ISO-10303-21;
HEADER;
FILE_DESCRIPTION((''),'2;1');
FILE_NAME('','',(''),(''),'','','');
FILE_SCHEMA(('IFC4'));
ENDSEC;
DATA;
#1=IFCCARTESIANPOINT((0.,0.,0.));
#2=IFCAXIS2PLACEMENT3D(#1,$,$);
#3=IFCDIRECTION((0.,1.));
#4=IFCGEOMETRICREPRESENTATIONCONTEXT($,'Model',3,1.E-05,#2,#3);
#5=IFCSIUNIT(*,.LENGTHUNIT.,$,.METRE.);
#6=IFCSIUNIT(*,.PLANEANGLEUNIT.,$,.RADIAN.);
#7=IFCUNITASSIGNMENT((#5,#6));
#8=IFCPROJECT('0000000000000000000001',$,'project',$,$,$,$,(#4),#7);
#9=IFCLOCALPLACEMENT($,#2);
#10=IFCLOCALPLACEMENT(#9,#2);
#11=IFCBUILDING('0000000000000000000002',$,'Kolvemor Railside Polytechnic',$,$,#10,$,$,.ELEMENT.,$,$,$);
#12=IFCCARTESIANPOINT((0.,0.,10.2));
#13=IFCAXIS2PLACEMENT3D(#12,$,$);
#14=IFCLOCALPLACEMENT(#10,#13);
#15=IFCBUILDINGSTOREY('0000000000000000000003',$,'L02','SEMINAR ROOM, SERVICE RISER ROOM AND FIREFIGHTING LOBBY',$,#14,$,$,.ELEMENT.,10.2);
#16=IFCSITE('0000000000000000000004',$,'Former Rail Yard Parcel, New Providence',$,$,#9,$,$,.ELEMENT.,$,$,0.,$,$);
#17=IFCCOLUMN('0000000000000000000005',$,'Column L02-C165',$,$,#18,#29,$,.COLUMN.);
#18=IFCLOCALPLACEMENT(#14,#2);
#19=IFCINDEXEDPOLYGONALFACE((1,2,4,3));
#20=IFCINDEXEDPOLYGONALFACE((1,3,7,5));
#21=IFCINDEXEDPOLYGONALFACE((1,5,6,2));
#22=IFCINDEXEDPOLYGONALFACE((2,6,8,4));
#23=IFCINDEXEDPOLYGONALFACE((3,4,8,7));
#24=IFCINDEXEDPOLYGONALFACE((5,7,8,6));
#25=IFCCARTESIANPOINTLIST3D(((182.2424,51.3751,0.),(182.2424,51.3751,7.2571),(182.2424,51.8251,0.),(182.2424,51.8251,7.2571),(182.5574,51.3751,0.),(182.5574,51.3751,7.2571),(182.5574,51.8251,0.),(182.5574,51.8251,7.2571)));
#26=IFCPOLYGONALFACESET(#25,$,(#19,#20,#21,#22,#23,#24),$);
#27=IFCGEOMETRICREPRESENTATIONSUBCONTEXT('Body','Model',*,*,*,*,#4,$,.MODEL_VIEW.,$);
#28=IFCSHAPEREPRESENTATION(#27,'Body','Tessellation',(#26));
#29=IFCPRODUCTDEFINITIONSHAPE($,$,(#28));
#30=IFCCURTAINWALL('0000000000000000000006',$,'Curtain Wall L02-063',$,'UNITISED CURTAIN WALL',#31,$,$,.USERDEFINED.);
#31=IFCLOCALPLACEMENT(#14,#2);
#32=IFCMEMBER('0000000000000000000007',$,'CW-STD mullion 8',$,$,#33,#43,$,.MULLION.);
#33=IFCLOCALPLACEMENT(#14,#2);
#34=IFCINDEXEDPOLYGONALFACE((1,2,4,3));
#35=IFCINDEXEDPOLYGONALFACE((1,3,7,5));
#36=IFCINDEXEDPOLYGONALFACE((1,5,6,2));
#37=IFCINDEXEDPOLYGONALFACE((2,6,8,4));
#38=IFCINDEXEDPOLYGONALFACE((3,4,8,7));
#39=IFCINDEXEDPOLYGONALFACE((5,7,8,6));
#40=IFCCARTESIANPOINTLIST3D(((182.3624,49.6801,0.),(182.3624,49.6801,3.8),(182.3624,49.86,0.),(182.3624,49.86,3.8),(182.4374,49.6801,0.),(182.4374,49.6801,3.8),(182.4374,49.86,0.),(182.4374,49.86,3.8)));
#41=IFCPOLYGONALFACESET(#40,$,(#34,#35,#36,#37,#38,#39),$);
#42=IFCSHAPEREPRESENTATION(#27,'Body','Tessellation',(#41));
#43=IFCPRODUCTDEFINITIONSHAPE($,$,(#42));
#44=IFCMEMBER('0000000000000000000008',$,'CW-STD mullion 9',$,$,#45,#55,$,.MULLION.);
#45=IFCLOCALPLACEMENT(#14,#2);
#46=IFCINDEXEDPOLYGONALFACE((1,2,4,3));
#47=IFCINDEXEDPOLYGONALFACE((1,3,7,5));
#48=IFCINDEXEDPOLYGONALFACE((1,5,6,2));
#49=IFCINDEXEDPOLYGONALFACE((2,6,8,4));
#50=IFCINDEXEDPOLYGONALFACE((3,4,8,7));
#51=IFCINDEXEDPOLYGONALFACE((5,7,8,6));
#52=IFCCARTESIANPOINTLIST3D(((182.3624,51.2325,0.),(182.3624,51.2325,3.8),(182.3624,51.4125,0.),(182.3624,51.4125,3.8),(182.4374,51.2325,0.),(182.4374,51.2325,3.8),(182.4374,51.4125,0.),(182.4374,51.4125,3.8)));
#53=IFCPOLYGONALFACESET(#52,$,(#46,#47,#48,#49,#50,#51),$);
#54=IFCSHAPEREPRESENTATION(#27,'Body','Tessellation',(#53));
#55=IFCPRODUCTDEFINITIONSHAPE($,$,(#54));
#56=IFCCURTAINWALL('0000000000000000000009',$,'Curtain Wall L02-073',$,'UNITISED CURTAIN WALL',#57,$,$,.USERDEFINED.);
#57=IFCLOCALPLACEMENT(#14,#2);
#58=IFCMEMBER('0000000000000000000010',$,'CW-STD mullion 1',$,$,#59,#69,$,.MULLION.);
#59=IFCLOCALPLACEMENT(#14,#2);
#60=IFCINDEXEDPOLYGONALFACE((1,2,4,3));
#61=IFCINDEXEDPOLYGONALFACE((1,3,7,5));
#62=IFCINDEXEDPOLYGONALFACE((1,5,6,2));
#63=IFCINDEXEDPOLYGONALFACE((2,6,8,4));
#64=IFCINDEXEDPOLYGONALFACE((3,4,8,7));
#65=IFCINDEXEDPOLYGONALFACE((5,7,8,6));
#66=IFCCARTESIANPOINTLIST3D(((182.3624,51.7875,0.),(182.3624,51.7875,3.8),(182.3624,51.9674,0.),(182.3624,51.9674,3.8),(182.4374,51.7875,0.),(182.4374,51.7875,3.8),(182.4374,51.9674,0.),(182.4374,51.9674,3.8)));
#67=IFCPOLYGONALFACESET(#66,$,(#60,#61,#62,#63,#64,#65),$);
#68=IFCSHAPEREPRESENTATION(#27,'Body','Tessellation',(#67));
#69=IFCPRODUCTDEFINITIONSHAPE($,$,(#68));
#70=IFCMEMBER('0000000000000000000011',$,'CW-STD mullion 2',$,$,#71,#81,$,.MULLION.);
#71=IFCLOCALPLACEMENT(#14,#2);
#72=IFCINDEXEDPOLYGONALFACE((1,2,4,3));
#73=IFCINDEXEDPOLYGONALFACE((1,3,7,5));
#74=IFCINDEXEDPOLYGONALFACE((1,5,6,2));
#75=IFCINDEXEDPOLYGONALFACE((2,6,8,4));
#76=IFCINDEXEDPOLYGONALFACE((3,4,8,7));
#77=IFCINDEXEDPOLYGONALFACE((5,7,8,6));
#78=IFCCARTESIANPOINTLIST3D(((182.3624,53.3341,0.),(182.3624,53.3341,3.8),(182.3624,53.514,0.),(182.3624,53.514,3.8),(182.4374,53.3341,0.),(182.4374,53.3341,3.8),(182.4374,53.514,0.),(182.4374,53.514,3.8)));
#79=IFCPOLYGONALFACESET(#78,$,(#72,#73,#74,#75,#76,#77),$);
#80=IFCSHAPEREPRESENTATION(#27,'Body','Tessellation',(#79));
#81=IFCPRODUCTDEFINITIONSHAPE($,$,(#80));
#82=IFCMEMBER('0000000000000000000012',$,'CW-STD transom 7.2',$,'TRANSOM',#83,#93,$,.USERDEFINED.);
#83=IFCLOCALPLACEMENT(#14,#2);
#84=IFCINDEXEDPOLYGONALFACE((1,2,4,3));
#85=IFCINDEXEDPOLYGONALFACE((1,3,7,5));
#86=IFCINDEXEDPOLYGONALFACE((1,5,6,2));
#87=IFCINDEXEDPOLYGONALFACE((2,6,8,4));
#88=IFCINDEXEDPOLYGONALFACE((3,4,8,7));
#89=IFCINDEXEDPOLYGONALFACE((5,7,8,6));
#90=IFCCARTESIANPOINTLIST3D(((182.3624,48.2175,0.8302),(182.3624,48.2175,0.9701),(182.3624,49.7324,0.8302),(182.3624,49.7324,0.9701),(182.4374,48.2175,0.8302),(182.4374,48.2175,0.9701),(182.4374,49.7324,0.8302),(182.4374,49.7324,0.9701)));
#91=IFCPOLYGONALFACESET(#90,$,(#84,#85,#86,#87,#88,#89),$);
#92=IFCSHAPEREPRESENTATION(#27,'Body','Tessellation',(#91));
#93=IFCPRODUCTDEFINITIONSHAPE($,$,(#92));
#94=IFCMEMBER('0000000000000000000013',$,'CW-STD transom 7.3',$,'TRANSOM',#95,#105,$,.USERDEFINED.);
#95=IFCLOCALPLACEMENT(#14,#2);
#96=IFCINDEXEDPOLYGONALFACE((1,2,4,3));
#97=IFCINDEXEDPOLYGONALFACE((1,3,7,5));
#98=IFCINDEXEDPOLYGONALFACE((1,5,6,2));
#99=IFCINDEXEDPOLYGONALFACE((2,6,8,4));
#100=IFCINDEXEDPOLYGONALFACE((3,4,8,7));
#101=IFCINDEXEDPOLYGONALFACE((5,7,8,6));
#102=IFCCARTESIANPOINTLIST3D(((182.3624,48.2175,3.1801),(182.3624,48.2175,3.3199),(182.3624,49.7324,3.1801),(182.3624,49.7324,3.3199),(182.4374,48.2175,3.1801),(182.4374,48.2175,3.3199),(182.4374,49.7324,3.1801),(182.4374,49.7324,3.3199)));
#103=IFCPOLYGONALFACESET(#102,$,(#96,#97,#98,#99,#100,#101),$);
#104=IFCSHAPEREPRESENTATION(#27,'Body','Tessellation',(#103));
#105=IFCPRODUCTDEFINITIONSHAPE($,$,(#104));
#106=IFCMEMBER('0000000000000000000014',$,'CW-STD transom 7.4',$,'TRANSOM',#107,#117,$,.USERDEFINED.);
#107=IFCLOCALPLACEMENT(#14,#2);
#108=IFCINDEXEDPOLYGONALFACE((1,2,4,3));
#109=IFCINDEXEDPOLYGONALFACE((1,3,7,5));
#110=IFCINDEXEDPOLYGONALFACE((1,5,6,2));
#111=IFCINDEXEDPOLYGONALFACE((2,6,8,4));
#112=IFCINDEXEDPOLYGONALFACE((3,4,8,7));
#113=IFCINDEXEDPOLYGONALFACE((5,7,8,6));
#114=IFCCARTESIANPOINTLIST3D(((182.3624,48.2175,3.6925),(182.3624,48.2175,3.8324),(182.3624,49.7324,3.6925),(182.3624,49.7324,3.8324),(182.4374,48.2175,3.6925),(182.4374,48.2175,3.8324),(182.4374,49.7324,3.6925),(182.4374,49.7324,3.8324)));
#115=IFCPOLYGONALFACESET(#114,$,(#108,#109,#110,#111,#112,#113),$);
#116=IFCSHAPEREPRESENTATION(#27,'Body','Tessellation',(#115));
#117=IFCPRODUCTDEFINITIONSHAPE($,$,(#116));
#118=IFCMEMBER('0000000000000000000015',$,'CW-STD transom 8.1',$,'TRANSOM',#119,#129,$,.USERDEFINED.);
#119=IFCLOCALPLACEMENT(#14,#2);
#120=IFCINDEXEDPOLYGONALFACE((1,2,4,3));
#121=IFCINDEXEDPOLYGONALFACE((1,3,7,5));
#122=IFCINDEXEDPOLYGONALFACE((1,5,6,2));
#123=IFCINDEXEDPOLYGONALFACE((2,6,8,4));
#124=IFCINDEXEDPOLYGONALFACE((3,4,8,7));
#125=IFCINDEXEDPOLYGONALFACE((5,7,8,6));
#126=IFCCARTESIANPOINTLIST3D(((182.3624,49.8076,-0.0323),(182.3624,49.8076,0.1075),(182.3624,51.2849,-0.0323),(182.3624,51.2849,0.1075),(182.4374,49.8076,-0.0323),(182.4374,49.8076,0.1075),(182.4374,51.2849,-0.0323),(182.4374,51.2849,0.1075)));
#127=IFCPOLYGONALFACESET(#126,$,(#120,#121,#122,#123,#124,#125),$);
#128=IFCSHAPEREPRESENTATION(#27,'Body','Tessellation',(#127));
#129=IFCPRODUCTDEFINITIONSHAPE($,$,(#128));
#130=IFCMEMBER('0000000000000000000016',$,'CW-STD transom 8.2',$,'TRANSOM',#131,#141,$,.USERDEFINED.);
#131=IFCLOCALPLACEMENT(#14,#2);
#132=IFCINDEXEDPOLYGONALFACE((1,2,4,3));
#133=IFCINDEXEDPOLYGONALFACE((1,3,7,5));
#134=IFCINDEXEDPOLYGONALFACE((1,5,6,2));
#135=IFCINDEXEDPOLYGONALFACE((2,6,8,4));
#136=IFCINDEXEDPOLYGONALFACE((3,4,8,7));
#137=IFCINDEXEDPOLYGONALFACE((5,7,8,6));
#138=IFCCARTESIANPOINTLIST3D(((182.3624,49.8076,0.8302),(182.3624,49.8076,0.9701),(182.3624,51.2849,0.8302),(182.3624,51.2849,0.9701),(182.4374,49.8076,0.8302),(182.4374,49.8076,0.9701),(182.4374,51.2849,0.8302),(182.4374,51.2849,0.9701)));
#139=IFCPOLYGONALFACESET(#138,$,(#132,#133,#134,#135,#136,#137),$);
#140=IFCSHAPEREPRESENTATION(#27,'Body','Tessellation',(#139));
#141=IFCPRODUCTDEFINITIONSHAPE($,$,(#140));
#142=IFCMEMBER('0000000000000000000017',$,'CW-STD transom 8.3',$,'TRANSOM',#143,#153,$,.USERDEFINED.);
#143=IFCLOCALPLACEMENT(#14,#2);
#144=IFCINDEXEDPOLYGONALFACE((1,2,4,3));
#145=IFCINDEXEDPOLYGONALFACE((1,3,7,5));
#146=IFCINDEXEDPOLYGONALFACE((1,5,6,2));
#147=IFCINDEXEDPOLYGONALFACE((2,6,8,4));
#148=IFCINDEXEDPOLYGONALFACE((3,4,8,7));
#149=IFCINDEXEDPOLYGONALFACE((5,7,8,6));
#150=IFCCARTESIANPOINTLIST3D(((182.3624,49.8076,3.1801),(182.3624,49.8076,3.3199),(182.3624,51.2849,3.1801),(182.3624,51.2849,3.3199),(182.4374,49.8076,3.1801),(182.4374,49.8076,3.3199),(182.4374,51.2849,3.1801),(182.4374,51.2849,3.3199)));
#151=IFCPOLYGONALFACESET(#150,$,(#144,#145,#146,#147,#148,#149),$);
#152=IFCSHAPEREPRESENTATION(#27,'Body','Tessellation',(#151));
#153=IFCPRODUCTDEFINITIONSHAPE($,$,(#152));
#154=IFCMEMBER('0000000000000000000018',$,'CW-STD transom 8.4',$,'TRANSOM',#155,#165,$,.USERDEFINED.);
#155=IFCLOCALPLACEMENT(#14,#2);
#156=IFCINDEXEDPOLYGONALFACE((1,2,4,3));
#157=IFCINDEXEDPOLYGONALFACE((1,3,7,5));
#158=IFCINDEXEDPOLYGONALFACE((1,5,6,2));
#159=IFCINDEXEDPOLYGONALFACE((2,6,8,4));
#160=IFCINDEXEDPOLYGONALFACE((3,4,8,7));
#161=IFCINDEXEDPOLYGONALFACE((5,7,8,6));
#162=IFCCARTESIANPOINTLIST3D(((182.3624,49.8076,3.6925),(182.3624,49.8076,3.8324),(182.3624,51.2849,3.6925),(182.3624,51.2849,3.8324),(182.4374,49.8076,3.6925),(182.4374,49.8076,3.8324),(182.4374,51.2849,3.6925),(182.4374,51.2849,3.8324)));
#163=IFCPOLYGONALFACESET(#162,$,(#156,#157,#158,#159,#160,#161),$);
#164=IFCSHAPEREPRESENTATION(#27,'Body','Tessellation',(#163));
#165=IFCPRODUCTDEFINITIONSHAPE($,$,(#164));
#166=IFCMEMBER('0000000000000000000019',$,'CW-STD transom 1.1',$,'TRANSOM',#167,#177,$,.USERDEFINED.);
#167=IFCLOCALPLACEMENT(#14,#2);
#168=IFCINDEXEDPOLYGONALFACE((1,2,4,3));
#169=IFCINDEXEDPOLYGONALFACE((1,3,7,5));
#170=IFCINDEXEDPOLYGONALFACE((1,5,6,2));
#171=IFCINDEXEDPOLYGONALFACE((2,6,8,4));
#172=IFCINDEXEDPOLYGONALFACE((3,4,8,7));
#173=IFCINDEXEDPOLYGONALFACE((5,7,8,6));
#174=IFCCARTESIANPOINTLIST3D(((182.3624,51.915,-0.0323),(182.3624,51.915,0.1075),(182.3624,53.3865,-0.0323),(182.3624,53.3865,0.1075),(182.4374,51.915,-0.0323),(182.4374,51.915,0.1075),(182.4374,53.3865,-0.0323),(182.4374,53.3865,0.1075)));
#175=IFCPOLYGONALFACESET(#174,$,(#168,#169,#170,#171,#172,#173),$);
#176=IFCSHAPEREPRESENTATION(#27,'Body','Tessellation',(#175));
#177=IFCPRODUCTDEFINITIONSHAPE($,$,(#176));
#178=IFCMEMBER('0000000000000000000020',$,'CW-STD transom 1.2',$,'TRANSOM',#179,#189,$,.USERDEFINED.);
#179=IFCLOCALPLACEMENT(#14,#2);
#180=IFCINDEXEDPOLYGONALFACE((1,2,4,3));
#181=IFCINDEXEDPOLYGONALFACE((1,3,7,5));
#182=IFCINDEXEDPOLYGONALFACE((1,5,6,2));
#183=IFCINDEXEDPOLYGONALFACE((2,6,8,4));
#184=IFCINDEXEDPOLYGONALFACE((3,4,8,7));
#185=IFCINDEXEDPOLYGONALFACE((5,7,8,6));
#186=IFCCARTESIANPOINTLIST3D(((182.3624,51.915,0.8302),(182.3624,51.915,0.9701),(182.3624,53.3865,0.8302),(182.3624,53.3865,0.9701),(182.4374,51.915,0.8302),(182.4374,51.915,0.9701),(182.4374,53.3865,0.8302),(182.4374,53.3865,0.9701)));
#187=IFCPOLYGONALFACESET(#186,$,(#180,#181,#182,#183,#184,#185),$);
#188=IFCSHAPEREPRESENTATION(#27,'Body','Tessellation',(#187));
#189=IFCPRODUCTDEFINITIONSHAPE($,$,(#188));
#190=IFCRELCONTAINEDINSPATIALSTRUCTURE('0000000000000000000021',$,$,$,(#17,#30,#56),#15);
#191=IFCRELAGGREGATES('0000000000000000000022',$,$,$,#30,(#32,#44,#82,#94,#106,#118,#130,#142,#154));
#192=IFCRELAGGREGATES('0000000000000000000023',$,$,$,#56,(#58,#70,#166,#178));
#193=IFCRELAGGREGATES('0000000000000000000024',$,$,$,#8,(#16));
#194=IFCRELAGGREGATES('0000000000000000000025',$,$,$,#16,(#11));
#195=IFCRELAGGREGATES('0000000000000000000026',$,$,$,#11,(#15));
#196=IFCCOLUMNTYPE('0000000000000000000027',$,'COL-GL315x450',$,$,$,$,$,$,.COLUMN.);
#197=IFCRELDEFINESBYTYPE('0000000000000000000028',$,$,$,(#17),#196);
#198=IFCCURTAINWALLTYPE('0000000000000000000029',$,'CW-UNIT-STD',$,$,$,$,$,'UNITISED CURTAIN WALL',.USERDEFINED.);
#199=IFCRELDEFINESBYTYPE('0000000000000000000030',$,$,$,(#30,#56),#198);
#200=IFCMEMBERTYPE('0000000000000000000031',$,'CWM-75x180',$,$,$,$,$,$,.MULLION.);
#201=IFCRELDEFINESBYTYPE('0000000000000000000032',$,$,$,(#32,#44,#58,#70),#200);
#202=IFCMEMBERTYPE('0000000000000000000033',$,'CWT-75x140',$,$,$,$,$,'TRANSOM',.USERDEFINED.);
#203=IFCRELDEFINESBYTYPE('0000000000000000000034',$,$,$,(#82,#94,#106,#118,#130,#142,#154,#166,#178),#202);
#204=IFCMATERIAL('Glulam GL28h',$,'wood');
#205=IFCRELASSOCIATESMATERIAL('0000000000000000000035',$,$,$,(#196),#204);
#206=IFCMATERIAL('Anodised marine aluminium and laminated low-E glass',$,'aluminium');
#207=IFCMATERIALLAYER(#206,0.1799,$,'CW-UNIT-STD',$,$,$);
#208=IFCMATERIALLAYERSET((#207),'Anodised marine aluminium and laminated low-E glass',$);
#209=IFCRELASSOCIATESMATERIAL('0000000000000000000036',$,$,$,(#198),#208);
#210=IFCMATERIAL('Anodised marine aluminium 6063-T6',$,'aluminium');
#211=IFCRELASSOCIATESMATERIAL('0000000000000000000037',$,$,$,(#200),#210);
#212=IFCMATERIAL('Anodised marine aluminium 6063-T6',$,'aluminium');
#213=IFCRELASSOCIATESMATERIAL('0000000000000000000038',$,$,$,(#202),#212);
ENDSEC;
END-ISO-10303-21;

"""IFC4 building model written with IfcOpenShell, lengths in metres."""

from ifc_helpers import new_model, si_unit, direction, frame, origin, origin_2d, place, context, subcontext, project, spatial, rectangle, extrude, material, layer, layer_set, material_profile, profile_set, type_object, element, aggregate, save


model = new_model("IFC4")

# Units and contexts
model_context = context("Model", 3, precision=1e-05, world=origin(), true_north=direction((0.0, 1.0)))
body_context = subcontext(model_context, "Body", "Model", "MODEL_VIEW")
ifc_project = project(units=[si_unit("LENGTHUNIT", "METRE"), si_unit("PLANEANGLEUNIT", "RADIAN")], contexts=[model_context])

# Site, building, storey
site_placement = place(None, origin())
site = spatial("IfcSite", under=ifc_project, at=site_placement, Name="Former Rail Yard Parcel, New Providence", CompositionType="ELEMENT", RefElevation=0.0)
building_placement = place(site_placement, origin())
building = spatial("IfcBuilding", under=site, at=building_placement, Name="Kolvemor Railside Polytechnic", CompositionType="ELEMENT")
storey_placement = place(building_placement, frame((0.0, 0.0, 10.2)))
storey = spatial("IfcBuildingStorey", under=building, at=storey_placement, Name="L02", Description="SEMINAR ROOM, SERVICE RISER ROOM AND FIREFIGHTING LOBBY", CompositionType="ELEMENT", Elevation=10.2)

# Column
ifc_material_1 = material(Name="Glulam GL28h", Category="wood")
ifc_material_profile_1 = material_profile(ifc_material_1, rectangle(XDim=0.3149, YDim=0.45, at=origin_2d()), Name="GL315x450")
ifc_profile_set_1 = profile_set([ifc_material_profile_1], Name="Glulam GL28h")
column_type = type_object("IfcColumnType", Name="COL-GL315x450", PredefinedType="COLUMN", material=ifc_profile_set_1)
column_placement = place(storey_placement, frame((182.3999, 51.6001, 0.0), z_axis=(0.0, 0.0, 1.0), x_axis=(1.0, 0.0, 0.0)))
element("IfcColumn", 1, at=column_placement, inside=storey, type_object=column_type, Name="Column L02-C165", PredefinedType="COLUMN", context=body_context, shape_type="SweptSolid", body=[
    extrude(rectangle(XDim=0.3149, YDim=0.45, at=origin_2d()), origin(), (0.0, 0.0, 1.0), 7.2571),
])

# Curtain walls, members
ifc_material_2 = material(Name="Anodised marine aluminium and laminated low-E glass", Category="aluminium")
ifc_layer_1 = layer(ifc_material_2, 0.1799, Name="CW-UNIT-STD")
ifc_layer_set_1 = layer_set([ifc_layer_1], Name="Anodised marine aluminium and laminated low-E glass")
curtain_wall_type = type_object("IfcCurtainWallType", Name="CW-UNIT-STD", ElementType="UNITISED CURTAIN WALL", PredefinedType="USERDEFINED", material=ifc_layer_set_1)
curtain_wall_1_placement = place(storey_placement, origin())
curtain_wall_1 = element("IfcCurtainWall", 2, at=curtain_wall_1_placement, inside=storey, type_object=curtain_wall_type, Name="Curtain Wall L02-063", ObjectType="UNITISED CURTAIN WALL", PredefinedType="USERDEFINED")
ifc_material_3 = material(Name="Anodised marine aluminium 6063-T6", Category="aluminium")
ifc_material_profile_2 = material_profile(ifc_material_3, rectangle(XDim=0.075, YDim=0.1799, at=origin_2d()), Name="CW-MUL-75x180")
ifc_profile_set_2 = profile_set([ifc_material_profile_2], Name="Anodised marine aluminium 6063-T6")
member_type_1 = type_object("IfcMemberType", Name="CWM-75x180", PredefinedType="MULLION", material=ifc_profile_set_2)
member_1_placement = place(storey_placement, frame((182.3999, 49.77, 0.0), z_axis=(0.0, 0.0, 1.0), x_axis=(-1.0, 0.0, 0.0)))
member_1 = element("IfcMember", 3, at=member_1_placement, type_object=member_type_1, Name="CW-STD mullion 8", PredefinedType="MULLION", context=body_context, shape_type="SweptSolid", body=[
    extrude(rectangle(XDim=0.075, YDim=0.1799, at=origin_2d()), origin(), (0.0, 0.0, 1.0), 3.8),
])
member_2_placement = place(storey_placement, frame((182.3999, 51.3225, 0.0), z_axis=(0.0, 0.0, 1.0), x_axis=(-1.0, 0.0, 0.0)))
member_2 = element("IfcMember", 4, at=member_2_placement, type_object=member_type_1, Name="CW-STD mullion 9", PredefinedType="MULLION", context=body_context, shape_type="SweptSolid", body=[
    extrude(rectangle(XDim=0.075, YDim=0.1799, at=origin_2d()), origin(), (0.0, 0.0, 1.0), 3.8),
])
curtain_wall_2_placement = place(storey_placement, origin())
curtain_wall_2 = element("IfcCurtainWall", 5, at=curtain_wall_2_placement, inside=storey, type_object=curtain_wall_type, Name="Curtain Wall L02-073", ObjectType="UNITISED CURTAIN WALL", PredefinedType="USERDEFINED")
member_3_placement = place(storey_placement, frame((182.3999, 51.8774, 0.0), z_axis=(0.0, 0.0, 1.0), x_axis=(-1.0, 0.0, 0.0)))
member_3 = element("IfcMember", 6, at=member_3_placement, type_object=member_type_1, Name="CW-STD mullion 1", PredefinedType="MULLION", context=body_context, shape_type="SweptSolid", body=[
    extrude(rectangle(XDim=0.075, YDim=0.1799, at=origin_2d()), origin(), (0.0, 0.0, 1.0), 3.8),
])
member_4_placement = place(storey_placement, frame((182.3999, 53.4241, 0.0), z_axis=(0.0, 0.0, 1.0), x_axis=(-1.0, 0.0, 0.0)))
member_4 = element("IfcMember", 7, at=member_4_placement, type_object=member_type_1, Name="CW-STD mullion 2", PredefinedType="MULLION", context=body_context, shape_type="SweptSolid", body=[
    extrude(rectangle(XDim=0.075, YDim=0.1799, at=origin_2d()), origin(), (0.0, 0.0, 1.0), 3.8),
])

# Members
ifc_material_4 = material(Name="Anodised marine aluminium 6063-T6", Category="aluminium")
ifc_material_profile_3 = material_profile(ifc_material_4, rectangle(XDim=0.075, YDim=0.1399, at=origin_2d()), Name="CW-TRN-75x140")
ifc_profile_set_3 = profile_set([ifc_material_profile_3], Name="Anodised marine aluminium 6063-T6")
member_type_2 = type_object("IfcMemberType", Name="CWT-75x140", ElementType="TRANSOM", PredefinedType="USERDEFINED", material=ifc_profile_set_3)
member_5_placement = place(storey_placement, frame((182.3999, 48.2175, 0.9001), z_axis=(0.0, 1.0, 0.0), x_axis=(-1.0, 0.0, 0.0)))
member_5 = element("IfcMember", 8, at=member_5_placement, type_object=member_type_2, Name="CW-STD transom 7.2", ObjectType="TRANSOM", PredefinedType="USERDEFINED", context=body_context, shape_type="SweptSolid", body=[
    extrude(rectangle(XDim=0.075, YDim=0.1399, at=origin_2d()), origin(), (0.0, 0.0, 1.0), 1.5149),
])
member_6_placement = place(storey_placement, frame((182.3999, 48.2175, 3.25), z_axis=(0.0, 1.0, 0.0), x_axis=(-1.0, 0.0, 0.0)))
member_6 = element("IfcMember", 9, at=member_6_placement, type_object=member_type_2, Name="CW-STD transom 7.3", ObjectType="TRANSOM", PredefinedType="USERDEFINED", context=body_context, shape_type="SweptSolid", body=[
    extrude(rectangle(XDim=0.075, YDim=0.1399, at=origin_2d()), origin(), (0.0, 0.0, 1.0), 1.5149),
])
member_7_placement = place(storey_placement, frame((182.3999, 48.2175, 3.7625), z_axis=(0.0, 1.0, 0.0), x_axis=(-1.0, 0.0, 0.0)))
member_7 = element("IfcMember", 10, at=member_7_placement, type_object=member_type_2, Name="CW-STD transom 7.4", ObjectType="TRANSOM", PredefinedType="USERDEFINED", context=body_context, shape_type="SweptSolid", body=[
    extrude(rectangle(XDim=0.075, YDim=0.1399, at=origin_2d()), origin(), (0.0, 0.0, 1.0), 1.5149),
])
member_8_placement = place(storey_placement, frame((182.3999, 49.8076, 0.0376), z_axis=(0.0, 1.0, 0.0), x_axis=(-1.0, 0.0, 0.0)))
member_8 = element("IfcMember", 11, at=member_8_placement, type_object=member_type_2, Name="CW-STD transom 8.1", ObjectType="TRANSOM", PredefinedType="USERDEFINED", context=body_context, shape_type="SweptSolid", body=[
    extrude(rectangle(XDim=0.075, YDim=0.1399, at=origin_2d()), origin(), (0.0, 0.0, 1.0), 1.4773),
])
member_9_placement = place(storey_placement, frame((182.3999, 49.8076, 0.9001), z_axis=(0.0, 1.0, 0.0), x_axis=(-1.0, 0.0, 0.0)))
member_9 = element("IfcMember", 12, at=member_9_placement, type_object=member_type_2, Name="CW-STD transom 8.2", ObjectType="TRANSOM", PredefinedType="USERDEFINED", context=body_context, shape_type="SweptSolid", body=[
    extrude(rectangle(XDim=0.075, YDim=0.1399, at=origin_2d()), origin(), (0.0, 0.0, 1.0), 1.4773),
])
member_10_placement = place(storey_placement, frame((182.3999, 49.8076, 3.25), z_axis=(0.0, 1.0, 0.0), x_axis=(-1.0, 0.0, 0.0)))
member_10 = element("IfcMember", 13, at=member_10_placement, type_object=member_type_2, Name="CW-STD transom 8.3", ObjectType="TRANSOM", PredefinedType="USERDEFINED", context=body_context, shape_type="SweptSolid", body=[
    extrude(rectangle(XDim=0.075, YDim=0.1399, at=origin_2d()), origin(), (0.0, 0.0, 1.0), 1.4773),
])
member_11_placement = place(storey_placement, frame((182.3999, 49.8076, 3.7625), z_axis=(0.0, 1.0, 0.0), x_axis=(-1.0, 0.0, 0.0)))
member_11 = element("IfcMember", 14, at=member_11_placement, type_object=member_type_2, Name="CW-STD transom 8.4", ObjectType="TRANSOM", PredefinedType="USERDEFINED", context=body_context, shape_type="SweptSolid", body=[
    extrude(rectangle(XDim=0.075, YDim=0.1399, at=origin_2d()), origin(), (0.0, 0.0, 1.0), 1.4773),
])
member_12_placement = place(storey_placement, frame((182.3999, 51.915, 0.0376), z_axis=(0.0, 1.0, 0.0), x_axis=(-1.0, 0.0, 0.0)))
member_12 = element("IfcMember", 15, at=member_12_placement, type_object=member_type_2, Name="CW-STD transom 1.1", ObjectType="TRANSOM", PredefinedType="USERDEFINED", context=body_context, shape_type="SweptSolid", body=[
    extrude(rectangle(XDim=0.075, YDim=0.1399, at=origin_2d()), origin(), (0.0, 0.0, 1.0), 1.4714),
])
member_13_placement = place(storey_placement, frame((182.3999, 51.915, 0.9001), z_axis=(0.0, 1.0, 0.0), x_axis=(-1.0, 0.0, 0.0)))
member_13 = element("IfcMember", 16, at=member_13_placement, type_object=member_type_2, Name="CW-STD transom 1.2", ObjectType="TRANSOM", PredefinedType="USERDEFINED", context=body_context, shape_type="SweptSolid", body=[
    extrude(rectangle(XDim=0.075, YDim=0.1399, at=origin_2d()), origin(), (0.0, 0.0, 1.0), 1.4714),
])

aggregate(curtain_wall_1, [member_1, member_2, member_5, member_6, member_7, member_8, member_9, member_10, member_11])
aggregate(curtain_wall_2, [member_3, member_4, member_12, member_13])

save(model, "model.ifc")
